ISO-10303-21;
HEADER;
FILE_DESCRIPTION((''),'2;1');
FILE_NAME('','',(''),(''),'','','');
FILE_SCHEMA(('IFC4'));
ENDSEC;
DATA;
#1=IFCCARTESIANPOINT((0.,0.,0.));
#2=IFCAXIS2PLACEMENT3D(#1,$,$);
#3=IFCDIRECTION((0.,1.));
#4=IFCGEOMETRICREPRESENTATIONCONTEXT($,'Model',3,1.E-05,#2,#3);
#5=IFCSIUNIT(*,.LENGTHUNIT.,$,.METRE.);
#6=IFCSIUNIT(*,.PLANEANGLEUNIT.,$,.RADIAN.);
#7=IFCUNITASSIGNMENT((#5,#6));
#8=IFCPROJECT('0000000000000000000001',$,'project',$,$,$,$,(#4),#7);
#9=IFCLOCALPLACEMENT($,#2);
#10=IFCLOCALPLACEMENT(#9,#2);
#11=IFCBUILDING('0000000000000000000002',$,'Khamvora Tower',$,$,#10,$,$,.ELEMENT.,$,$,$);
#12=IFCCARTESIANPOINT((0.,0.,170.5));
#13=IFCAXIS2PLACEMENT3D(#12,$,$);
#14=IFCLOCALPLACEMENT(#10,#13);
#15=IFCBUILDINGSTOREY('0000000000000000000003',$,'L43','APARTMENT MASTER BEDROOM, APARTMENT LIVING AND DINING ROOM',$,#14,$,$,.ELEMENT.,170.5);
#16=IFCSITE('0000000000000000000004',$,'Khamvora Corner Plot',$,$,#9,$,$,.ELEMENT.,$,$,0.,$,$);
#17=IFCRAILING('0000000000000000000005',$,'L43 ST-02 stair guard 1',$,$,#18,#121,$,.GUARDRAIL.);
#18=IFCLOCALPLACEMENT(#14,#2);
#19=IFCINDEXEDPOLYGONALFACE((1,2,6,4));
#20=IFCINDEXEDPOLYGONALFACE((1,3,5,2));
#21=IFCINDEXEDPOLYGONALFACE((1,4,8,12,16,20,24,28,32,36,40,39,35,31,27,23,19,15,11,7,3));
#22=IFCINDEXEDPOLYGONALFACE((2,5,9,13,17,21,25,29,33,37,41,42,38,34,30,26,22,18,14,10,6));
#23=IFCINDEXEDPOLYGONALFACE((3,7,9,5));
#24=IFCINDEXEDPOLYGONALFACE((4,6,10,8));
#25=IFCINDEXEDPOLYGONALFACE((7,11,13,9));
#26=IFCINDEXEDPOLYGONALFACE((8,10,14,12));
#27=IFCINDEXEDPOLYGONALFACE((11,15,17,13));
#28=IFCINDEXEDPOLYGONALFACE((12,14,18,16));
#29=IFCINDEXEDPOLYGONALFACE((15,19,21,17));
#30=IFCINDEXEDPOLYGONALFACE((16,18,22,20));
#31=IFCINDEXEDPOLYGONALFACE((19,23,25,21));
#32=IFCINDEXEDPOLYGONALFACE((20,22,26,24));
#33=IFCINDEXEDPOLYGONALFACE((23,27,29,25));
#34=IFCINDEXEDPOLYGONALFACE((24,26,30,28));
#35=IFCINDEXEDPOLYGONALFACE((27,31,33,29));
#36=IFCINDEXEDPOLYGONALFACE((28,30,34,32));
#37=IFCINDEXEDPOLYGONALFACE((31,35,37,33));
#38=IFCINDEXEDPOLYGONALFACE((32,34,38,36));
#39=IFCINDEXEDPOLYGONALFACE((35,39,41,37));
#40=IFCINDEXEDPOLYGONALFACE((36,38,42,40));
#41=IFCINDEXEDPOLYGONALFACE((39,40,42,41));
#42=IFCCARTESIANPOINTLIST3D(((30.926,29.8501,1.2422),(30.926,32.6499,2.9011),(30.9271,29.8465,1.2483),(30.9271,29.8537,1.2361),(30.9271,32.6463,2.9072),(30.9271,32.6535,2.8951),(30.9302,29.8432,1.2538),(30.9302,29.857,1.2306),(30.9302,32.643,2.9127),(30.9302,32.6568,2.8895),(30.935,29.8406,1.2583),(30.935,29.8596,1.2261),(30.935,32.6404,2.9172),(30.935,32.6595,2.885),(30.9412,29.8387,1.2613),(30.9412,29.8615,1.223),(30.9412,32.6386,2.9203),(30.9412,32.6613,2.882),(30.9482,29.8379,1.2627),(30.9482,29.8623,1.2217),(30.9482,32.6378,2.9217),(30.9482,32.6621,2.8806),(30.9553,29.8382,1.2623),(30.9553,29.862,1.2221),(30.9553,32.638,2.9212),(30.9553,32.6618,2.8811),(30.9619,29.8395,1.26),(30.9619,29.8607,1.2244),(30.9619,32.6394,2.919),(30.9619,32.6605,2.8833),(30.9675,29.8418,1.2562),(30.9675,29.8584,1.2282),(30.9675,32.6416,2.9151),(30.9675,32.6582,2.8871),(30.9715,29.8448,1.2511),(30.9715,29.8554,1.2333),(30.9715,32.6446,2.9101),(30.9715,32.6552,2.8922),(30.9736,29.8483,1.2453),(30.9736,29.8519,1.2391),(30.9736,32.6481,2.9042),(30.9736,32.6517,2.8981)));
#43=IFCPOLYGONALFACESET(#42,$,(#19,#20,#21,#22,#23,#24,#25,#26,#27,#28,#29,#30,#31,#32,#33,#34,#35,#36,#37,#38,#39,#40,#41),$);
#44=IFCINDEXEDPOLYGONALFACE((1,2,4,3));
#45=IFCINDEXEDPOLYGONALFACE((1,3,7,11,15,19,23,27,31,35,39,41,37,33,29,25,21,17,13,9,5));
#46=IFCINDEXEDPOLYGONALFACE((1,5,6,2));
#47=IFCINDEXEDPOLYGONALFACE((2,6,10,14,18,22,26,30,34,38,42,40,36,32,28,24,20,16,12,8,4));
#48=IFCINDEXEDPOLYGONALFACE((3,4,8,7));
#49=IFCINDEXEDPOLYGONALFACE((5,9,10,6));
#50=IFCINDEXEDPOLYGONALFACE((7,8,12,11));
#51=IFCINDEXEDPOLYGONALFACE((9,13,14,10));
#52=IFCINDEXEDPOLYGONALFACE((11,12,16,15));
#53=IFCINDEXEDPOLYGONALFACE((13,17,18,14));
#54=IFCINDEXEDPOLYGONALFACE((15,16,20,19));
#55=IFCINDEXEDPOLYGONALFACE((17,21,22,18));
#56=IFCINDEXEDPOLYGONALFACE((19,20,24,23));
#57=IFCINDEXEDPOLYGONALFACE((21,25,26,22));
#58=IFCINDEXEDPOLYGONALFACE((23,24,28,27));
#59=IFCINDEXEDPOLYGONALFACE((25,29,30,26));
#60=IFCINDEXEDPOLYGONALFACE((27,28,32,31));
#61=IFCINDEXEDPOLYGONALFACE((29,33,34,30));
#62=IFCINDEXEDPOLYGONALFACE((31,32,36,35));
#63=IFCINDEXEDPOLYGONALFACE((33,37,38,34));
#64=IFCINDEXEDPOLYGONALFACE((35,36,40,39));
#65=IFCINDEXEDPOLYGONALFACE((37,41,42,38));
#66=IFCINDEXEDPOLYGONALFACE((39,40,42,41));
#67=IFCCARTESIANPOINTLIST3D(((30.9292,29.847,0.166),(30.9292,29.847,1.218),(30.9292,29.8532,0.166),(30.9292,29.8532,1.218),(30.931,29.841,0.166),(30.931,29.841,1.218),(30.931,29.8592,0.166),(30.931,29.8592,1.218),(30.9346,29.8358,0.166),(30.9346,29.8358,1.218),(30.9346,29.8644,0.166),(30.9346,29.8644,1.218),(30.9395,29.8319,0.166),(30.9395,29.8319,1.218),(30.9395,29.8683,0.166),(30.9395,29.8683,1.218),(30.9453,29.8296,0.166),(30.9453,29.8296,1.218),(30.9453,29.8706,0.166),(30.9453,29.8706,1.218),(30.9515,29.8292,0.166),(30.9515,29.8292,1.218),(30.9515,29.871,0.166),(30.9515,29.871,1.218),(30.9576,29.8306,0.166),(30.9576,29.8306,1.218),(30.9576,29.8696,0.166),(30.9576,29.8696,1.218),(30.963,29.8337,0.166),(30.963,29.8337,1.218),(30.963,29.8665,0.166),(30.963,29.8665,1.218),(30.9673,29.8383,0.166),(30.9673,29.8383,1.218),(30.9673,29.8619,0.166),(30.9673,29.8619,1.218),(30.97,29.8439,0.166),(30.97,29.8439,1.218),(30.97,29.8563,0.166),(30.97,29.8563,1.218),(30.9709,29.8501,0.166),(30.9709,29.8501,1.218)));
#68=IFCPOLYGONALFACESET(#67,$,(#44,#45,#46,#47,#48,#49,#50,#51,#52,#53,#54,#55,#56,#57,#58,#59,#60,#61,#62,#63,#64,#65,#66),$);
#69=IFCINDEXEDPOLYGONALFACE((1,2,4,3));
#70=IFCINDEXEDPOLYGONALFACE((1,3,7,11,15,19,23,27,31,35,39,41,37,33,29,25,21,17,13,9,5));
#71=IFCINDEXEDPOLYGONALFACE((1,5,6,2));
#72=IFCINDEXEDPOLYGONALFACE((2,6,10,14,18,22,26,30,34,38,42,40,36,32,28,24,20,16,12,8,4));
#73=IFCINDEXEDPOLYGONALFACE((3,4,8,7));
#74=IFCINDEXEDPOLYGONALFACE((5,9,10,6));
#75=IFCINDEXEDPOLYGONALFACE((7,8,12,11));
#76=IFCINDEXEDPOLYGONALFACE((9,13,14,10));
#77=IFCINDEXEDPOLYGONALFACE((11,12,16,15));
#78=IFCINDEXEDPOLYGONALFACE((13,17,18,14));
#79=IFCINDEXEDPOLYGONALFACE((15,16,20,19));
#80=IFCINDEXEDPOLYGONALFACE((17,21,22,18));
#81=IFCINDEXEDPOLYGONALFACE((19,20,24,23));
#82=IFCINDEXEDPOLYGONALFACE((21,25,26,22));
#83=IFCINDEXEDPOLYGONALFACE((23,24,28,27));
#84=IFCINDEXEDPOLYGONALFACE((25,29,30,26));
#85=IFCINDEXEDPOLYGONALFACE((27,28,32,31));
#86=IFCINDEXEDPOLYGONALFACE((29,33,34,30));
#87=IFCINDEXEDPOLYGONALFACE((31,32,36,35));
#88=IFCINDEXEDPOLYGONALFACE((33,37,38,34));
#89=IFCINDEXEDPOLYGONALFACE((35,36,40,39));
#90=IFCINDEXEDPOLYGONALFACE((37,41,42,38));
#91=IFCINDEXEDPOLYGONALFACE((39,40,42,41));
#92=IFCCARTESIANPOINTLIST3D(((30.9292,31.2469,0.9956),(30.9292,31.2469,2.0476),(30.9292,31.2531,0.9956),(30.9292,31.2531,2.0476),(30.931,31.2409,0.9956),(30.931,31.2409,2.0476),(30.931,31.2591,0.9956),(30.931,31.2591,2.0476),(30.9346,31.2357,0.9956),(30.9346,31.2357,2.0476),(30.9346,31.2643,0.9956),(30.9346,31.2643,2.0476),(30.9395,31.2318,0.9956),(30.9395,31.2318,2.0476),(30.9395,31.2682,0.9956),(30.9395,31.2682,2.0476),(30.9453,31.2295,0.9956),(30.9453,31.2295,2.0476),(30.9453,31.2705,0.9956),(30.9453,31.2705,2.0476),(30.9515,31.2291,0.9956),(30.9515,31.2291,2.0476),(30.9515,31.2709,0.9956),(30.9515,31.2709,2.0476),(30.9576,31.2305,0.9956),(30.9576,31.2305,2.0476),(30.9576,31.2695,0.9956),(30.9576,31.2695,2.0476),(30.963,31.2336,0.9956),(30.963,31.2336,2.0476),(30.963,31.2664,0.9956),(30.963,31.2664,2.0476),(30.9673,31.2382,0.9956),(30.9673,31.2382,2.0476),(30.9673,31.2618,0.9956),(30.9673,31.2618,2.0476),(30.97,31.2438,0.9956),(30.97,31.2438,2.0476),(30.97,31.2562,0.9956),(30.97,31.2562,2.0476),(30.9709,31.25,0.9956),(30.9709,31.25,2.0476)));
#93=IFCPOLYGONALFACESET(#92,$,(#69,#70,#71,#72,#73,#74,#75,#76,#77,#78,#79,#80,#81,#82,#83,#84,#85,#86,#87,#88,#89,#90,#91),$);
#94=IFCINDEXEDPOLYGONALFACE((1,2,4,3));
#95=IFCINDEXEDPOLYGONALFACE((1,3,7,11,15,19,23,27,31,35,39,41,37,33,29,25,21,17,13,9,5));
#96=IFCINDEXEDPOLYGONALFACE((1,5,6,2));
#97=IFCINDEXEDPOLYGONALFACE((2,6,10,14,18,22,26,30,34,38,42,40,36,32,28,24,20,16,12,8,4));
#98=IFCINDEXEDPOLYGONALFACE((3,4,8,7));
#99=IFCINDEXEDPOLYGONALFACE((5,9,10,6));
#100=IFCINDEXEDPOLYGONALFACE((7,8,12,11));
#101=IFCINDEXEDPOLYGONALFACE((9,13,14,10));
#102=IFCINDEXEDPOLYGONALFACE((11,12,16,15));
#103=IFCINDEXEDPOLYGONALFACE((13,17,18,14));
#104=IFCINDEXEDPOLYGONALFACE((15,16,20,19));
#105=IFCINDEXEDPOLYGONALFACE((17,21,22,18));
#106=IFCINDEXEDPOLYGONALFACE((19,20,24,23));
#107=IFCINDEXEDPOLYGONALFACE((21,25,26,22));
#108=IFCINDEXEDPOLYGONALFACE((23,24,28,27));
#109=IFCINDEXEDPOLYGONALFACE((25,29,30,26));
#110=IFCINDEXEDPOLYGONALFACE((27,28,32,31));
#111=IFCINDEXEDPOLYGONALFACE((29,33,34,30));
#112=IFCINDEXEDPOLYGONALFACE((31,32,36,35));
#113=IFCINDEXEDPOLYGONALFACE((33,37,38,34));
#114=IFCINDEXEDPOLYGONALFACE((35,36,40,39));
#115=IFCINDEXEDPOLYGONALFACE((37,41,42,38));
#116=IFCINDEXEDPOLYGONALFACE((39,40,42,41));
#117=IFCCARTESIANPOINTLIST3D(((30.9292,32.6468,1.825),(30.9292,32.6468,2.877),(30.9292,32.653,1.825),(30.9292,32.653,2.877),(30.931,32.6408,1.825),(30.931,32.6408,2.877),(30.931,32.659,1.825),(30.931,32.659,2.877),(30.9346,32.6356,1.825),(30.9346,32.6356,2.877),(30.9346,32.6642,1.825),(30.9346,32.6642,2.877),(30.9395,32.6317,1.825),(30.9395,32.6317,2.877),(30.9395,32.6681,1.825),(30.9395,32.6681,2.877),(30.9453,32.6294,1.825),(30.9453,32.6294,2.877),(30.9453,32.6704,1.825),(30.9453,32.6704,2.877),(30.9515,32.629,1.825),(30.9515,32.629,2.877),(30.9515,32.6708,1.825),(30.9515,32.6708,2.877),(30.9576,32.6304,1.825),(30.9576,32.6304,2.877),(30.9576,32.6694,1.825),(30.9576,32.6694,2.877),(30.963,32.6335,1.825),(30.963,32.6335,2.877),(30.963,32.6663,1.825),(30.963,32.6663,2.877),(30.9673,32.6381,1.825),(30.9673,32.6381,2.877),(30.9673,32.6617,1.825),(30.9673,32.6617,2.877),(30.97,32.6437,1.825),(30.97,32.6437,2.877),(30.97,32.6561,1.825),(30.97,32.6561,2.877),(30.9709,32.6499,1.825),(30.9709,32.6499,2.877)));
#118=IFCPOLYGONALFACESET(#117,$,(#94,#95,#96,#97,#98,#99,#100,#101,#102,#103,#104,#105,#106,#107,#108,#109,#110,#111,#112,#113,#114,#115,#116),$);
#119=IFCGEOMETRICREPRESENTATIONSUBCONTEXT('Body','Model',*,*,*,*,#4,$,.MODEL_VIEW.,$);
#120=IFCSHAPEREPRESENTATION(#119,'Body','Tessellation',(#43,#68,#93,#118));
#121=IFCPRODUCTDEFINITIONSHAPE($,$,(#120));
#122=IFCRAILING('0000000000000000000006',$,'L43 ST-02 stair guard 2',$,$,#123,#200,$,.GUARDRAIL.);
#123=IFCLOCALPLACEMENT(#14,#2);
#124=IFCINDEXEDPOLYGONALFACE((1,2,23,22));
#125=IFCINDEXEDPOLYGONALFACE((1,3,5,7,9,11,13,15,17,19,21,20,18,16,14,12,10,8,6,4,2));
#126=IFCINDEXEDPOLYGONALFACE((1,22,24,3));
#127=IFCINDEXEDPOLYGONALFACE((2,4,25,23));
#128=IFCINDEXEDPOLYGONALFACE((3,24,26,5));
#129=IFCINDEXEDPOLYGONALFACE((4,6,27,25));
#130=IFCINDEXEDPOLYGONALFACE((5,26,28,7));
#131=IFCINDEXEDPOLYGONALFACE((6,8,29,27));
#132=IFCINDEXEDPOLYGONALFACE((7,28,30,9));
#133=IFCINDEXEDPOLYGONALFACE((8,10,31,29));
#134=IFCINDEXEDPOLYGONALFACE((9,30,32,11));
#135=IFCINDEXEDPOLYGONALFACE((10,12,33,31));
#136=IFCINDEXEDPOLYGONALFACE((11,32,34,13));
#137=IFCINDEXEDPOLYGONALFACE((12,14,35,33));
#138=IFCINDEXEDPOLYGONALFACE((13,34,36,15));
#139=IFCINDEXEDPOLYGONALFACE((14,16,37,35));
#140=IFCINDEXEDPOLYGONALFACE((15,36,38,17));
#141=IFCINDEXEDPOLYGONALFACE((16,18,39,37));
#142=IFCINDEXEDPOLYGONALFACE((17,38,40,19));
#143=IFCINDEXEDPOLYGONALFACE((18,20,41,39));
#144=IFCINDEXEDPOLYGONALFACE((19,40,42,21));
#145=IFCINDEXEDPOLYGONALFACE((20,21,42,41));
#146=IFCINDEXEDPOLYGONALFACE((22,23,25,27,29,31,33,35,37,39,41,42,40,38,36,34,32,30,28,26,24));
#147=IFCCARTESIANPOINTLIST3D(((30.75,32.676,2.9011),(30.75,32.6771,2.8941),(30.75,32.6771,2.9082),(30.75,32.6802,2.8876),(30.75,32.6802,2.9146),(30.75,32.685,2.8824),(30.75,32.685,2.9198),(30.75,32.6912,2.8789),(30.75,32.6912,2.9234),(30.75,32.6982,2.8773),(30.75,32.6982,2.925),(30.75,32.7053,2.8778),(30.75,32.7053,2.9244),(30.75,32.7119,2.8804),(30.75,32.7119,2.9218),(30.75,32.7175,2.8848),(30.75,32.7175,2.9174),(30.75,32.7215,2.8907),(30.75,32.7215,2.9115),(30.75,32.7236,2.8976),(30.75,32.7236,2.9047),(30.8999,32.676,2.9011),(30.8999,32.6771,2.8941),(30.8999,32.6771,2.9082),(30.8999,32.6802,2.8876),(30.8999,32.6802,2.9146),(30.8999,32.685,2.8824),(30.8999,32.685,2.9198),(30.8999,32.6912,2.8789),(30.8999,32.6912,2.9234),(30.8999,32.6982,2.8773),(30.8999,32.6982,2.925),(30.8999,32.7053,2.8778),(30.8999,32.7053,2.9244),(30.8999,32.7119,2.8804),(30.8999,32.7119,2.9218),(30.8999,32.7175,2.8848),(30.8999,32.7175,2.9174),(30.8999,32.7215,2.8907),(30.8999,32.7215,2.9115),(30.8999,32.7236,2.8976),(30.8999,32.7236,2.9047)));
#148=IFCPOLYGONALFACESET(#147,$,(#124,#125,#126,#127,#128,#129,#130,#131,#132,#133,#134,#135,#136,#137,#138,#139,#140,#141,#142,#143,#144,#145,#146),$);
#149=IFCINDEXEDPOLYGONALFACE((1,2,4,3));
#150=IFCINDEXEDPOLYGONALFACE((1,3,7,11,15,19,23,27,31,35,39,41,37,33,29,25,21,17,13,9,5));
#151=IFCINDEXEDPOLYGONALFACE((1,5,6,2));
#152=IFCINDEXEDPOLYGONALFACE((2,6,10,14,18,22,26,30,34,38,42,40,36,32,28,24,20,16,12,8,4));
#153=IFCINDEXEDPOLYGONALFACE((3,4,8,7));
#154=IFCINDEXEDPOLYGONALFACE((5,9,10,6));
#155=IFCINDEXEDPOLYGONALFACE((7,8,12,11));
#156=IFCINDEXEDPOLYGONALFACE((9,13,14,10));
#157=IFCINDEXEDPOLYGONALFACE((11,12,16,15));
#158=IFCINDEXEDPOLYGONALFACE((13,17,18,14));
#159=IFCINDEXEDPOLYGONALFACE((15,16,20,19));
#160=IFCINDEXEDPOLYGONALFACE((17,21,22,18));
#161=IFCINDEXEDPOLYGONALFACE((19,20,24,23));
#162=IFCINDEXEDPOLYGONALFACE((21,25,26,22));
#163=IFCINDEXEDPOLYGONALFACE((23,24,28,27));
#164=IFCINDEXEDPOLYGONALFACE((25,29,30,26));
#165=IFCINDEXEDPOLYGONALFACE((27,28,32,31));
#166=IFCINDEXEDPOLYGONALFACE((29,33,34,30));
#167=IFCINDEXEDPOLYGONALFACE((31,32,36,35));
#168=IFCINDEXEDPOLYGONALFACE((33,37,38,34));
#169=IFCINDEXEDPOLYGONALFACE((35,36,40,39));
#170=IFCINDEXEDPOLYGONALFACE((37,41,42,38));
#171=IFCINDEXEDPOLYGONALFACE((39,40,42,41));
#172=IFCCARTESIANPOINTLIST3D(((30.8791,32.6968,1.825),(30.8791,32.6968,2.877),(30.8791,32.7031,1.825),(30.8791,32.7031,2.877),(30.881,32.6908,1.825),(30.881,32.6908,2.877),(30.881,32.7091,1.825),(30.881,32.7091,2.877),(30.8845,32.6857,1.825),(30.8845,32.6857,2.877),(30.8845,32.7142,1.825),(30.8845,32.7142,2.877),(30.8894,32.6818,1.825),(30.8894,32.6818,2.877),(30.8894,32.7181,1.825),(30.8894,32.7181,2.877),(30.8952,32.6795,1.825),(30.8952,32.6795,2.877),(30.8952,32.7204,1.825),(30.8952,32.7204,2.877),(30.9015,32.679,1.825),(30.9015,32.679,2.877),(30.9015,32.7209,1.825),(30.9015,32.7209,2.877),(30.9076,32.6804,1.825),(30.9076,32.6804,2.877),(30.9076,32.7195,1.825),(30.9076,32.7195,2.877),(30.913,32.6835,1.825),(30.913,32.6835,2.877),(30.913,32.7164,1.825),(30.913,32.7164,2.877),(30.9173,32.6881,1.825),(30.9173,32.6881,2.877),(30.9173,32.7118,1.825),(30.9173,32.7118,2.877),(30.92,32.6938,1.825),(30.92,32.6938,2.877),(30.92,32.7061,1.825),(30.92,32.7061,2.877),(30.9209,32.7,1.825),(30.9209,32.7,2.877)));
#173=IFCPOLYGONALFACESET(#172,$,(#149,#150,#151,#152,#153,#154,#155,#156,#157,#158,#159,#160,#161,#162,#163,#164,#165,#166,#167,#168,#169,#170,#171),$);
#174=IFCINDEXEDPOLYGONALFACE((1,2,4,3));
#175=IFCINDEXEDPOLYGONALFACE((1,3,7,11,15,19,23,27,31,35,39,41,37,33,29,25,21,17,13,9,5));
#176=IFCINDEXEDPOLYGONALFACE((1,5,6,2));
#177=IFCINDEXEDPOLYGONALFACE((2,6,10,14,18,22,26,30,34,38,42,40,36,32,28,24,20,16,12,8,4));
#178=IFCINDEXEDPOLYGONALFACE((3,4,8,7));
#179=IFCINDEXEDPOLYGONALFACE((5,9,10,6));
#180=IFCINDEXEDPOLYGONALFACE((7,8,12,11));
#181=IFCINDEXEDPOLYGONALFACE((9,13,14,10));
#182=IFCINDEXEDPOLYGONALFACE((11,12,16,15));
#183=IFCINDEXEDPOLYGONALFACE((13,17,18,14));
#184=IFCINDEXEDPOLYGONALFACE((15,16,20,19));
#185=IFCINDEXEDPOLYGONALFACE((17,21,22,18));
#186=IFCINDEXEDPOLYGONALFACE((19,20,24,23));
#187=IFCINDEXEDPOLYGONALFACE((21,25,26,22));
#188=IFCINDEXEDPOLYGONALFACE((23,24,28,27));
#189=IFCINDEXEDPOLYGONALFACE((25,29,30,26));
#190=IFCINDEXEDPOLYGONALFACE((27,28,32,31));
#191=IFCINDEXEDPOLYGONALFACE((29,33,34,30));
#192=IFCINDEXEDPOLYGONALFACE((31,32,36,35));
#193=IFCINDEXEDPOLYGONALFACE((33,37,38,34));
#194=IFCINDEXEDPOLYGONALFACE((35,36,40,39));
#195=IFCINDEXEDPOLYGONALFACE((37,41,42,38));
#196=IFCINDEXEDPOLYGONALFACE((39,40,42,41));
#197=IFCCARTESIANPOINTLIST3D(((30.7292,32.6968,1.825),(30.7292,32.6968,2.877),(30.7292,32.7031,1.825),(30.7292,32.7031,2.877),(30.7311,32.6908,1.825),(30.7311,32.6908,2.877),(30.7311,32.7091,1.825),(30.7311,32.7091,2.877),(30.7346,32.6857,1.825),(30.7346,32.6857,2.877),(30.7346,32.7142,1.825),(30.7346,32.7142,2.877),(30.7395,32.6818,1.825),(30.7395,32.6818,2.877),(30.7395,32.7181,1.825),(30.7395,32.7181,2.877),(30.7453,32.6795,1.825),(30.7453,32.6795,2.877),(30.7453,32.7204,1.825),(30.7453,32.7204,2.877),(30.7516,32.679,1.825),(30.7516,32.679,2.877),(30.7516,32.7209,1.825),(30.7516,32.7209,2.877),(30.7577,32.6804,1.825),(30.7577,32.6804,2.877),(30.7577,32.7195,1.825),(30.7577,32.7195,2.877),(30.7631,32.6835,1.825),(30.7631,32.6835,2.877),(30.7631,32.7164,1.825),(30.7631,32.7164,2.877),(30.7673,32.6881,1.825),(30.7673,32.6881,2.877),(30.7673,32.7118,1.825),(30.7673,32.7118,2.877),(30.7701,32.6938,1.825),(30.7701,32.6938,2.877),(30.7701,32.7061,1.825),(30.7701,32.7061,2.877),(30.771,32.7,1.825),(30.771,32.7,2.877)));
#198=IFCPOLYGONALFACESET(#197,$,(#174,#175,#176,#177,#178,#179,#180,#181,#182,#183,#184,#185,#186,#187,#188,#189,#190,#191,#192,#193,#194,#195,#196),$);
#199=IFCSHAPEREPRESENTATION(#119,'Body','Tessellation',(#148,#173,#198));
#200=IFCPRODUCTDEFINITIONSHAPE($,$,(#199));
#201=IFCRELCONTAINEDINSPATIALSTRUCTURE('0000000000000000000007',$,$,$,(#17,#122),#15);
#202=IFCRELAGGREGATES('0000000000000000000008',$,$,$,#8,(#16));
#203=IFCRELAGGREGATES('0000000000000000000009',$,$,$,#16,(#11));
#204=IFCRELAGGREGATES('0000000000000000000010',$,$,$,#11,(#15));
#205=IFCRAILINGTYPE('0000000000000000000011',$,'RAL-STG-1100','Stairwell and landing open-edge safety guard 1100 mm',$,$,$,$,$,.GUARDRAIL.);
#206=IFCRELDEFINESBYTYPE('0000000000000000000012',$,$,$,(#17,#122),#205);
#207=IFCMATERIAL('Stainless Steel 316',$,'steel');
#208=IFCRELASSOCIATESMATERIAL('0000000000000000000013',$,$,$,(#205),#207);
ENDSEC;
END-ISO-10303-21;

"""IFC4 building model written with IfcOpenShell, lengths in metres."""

from ifc_helpers import new_model, si_unit, direction, frame, origin, origin_2d, place, context, subcontext, project, spatial, circle, extrude, material, type_object, element, save


model = new_model("IFC4")

# Units and contexts
model_context = context("Model", 3, precision=1e-05, world=origin(), true_north=direction((0.0, 1.0)))
body_context = subcontext(model_context, "Body", "Model", "MODEL_VIEW")
ifc_project = project(units=[si_unit("LENGTHUNIT", "METRE"), si_unit("PLANEANGLEUNIT", "RADIAN")], contexts=[model_context])

# Site, building, storey
site_placement = place(None, origin())
site = spatial("IfcSite", under=ifc_project, at=site_placement, Name="Khamvora Corner Plot", CompositionType="ELEMENT", RefElevation=0.0)
building_placement = place(site_placement, origin())
building = spatial("IfcBuilding", under=site, at=building_placement, Name="Khamvora Tower", CompositionType="ELEMENT")
storey_placement = place(building_placement, frame((0.0, 0.0, 170.5)))
storey = spatial("IfcBuildingStorey", under=building, at=storey_placement, Name="L43", Description="APARTMENT MASTER BEDROOM, APARTMENT LIVING AND DINING ROOM", CompositionType="ELEMENT", Elevation=170.5)

# Railings
ifc_material_1 = material(Name="Stainless Steel 316", Category="steel")
railing_type_1 = type_object("IfcRailingType", Name="RAL-STG-1100", Description="Stairwell and landing open-edge safety guard 1100 mm", PredefinedType="GUARDRAIL", material=ifc_material_1)
railing_1_placement = place(storey_placement, frame((30.95, 29.8501, 0.166)))
element("IfcRailing", 1, at=railing_1_placement, inside=storey, type_object=railing_type_1, Name="L43 ST-02 stair guard 1", PredefinedType="GUARDRAIL", context=body_context, shape_type="SweptSolid", body=[
    extrude(circle(Radius=0.0239, at=origin_2d()), frame((0.0, 0.0, 1.0762), z_axis=(0.0, 0.86032, 0.509755), x_axis=(-1.0, 0.0, 0.0)), (0.0, 0.0, 1.0), 3.2544),
    extrude(circle(Radius=0.021, at=origin_2d()), origin(), (0.0, 0.0, 1.0), 1.052),
    extrude(circle(Radius=0.021, at=origin_2d()), frame((0.0, 1.3999, 0.8296)), (0.0, 0.0, 1.0), 1.052),
    extrude(circle(Radius=0.021, at=origin_2d()), frame((0.0, 2.7998, 1.6589)), (0.0, 0.0, 1.0), 1.052),
])
railing_2_placement = place(storey_placement, frame((30.8999, 32.7, 1.825)))
element("IfcRailing", 2, at=railing_2_placement, inside=storey, type_object=railing_type_1, Name="L43 ST-02 stair guard 2", PredefinedType="GUARDRAIL", context=body_context, shape_type="SweptSolid", body=[
    extrude(circle(Radius=0.0239, at=origin_2d()), frame((0.0, 0.0, 1.0762), z_axis=(-1.0, 0.0, 0.0), x_axis=(0.0, -1.0, 0.0)), (0.0, 0.0, 1.0), 0.1499),
    extrude(circle(Radius=0.021, at=origin_2d()), origin(), (0.0, 0.0, 1.0), 1.052),
    extrude(circle(Radius=0.021, at=origin_2d()), frame((-0.1499, 0.0, 0.0)), (0.0, 0.0, 1.0), 1.052),
])

save(model, "model.ifc")
